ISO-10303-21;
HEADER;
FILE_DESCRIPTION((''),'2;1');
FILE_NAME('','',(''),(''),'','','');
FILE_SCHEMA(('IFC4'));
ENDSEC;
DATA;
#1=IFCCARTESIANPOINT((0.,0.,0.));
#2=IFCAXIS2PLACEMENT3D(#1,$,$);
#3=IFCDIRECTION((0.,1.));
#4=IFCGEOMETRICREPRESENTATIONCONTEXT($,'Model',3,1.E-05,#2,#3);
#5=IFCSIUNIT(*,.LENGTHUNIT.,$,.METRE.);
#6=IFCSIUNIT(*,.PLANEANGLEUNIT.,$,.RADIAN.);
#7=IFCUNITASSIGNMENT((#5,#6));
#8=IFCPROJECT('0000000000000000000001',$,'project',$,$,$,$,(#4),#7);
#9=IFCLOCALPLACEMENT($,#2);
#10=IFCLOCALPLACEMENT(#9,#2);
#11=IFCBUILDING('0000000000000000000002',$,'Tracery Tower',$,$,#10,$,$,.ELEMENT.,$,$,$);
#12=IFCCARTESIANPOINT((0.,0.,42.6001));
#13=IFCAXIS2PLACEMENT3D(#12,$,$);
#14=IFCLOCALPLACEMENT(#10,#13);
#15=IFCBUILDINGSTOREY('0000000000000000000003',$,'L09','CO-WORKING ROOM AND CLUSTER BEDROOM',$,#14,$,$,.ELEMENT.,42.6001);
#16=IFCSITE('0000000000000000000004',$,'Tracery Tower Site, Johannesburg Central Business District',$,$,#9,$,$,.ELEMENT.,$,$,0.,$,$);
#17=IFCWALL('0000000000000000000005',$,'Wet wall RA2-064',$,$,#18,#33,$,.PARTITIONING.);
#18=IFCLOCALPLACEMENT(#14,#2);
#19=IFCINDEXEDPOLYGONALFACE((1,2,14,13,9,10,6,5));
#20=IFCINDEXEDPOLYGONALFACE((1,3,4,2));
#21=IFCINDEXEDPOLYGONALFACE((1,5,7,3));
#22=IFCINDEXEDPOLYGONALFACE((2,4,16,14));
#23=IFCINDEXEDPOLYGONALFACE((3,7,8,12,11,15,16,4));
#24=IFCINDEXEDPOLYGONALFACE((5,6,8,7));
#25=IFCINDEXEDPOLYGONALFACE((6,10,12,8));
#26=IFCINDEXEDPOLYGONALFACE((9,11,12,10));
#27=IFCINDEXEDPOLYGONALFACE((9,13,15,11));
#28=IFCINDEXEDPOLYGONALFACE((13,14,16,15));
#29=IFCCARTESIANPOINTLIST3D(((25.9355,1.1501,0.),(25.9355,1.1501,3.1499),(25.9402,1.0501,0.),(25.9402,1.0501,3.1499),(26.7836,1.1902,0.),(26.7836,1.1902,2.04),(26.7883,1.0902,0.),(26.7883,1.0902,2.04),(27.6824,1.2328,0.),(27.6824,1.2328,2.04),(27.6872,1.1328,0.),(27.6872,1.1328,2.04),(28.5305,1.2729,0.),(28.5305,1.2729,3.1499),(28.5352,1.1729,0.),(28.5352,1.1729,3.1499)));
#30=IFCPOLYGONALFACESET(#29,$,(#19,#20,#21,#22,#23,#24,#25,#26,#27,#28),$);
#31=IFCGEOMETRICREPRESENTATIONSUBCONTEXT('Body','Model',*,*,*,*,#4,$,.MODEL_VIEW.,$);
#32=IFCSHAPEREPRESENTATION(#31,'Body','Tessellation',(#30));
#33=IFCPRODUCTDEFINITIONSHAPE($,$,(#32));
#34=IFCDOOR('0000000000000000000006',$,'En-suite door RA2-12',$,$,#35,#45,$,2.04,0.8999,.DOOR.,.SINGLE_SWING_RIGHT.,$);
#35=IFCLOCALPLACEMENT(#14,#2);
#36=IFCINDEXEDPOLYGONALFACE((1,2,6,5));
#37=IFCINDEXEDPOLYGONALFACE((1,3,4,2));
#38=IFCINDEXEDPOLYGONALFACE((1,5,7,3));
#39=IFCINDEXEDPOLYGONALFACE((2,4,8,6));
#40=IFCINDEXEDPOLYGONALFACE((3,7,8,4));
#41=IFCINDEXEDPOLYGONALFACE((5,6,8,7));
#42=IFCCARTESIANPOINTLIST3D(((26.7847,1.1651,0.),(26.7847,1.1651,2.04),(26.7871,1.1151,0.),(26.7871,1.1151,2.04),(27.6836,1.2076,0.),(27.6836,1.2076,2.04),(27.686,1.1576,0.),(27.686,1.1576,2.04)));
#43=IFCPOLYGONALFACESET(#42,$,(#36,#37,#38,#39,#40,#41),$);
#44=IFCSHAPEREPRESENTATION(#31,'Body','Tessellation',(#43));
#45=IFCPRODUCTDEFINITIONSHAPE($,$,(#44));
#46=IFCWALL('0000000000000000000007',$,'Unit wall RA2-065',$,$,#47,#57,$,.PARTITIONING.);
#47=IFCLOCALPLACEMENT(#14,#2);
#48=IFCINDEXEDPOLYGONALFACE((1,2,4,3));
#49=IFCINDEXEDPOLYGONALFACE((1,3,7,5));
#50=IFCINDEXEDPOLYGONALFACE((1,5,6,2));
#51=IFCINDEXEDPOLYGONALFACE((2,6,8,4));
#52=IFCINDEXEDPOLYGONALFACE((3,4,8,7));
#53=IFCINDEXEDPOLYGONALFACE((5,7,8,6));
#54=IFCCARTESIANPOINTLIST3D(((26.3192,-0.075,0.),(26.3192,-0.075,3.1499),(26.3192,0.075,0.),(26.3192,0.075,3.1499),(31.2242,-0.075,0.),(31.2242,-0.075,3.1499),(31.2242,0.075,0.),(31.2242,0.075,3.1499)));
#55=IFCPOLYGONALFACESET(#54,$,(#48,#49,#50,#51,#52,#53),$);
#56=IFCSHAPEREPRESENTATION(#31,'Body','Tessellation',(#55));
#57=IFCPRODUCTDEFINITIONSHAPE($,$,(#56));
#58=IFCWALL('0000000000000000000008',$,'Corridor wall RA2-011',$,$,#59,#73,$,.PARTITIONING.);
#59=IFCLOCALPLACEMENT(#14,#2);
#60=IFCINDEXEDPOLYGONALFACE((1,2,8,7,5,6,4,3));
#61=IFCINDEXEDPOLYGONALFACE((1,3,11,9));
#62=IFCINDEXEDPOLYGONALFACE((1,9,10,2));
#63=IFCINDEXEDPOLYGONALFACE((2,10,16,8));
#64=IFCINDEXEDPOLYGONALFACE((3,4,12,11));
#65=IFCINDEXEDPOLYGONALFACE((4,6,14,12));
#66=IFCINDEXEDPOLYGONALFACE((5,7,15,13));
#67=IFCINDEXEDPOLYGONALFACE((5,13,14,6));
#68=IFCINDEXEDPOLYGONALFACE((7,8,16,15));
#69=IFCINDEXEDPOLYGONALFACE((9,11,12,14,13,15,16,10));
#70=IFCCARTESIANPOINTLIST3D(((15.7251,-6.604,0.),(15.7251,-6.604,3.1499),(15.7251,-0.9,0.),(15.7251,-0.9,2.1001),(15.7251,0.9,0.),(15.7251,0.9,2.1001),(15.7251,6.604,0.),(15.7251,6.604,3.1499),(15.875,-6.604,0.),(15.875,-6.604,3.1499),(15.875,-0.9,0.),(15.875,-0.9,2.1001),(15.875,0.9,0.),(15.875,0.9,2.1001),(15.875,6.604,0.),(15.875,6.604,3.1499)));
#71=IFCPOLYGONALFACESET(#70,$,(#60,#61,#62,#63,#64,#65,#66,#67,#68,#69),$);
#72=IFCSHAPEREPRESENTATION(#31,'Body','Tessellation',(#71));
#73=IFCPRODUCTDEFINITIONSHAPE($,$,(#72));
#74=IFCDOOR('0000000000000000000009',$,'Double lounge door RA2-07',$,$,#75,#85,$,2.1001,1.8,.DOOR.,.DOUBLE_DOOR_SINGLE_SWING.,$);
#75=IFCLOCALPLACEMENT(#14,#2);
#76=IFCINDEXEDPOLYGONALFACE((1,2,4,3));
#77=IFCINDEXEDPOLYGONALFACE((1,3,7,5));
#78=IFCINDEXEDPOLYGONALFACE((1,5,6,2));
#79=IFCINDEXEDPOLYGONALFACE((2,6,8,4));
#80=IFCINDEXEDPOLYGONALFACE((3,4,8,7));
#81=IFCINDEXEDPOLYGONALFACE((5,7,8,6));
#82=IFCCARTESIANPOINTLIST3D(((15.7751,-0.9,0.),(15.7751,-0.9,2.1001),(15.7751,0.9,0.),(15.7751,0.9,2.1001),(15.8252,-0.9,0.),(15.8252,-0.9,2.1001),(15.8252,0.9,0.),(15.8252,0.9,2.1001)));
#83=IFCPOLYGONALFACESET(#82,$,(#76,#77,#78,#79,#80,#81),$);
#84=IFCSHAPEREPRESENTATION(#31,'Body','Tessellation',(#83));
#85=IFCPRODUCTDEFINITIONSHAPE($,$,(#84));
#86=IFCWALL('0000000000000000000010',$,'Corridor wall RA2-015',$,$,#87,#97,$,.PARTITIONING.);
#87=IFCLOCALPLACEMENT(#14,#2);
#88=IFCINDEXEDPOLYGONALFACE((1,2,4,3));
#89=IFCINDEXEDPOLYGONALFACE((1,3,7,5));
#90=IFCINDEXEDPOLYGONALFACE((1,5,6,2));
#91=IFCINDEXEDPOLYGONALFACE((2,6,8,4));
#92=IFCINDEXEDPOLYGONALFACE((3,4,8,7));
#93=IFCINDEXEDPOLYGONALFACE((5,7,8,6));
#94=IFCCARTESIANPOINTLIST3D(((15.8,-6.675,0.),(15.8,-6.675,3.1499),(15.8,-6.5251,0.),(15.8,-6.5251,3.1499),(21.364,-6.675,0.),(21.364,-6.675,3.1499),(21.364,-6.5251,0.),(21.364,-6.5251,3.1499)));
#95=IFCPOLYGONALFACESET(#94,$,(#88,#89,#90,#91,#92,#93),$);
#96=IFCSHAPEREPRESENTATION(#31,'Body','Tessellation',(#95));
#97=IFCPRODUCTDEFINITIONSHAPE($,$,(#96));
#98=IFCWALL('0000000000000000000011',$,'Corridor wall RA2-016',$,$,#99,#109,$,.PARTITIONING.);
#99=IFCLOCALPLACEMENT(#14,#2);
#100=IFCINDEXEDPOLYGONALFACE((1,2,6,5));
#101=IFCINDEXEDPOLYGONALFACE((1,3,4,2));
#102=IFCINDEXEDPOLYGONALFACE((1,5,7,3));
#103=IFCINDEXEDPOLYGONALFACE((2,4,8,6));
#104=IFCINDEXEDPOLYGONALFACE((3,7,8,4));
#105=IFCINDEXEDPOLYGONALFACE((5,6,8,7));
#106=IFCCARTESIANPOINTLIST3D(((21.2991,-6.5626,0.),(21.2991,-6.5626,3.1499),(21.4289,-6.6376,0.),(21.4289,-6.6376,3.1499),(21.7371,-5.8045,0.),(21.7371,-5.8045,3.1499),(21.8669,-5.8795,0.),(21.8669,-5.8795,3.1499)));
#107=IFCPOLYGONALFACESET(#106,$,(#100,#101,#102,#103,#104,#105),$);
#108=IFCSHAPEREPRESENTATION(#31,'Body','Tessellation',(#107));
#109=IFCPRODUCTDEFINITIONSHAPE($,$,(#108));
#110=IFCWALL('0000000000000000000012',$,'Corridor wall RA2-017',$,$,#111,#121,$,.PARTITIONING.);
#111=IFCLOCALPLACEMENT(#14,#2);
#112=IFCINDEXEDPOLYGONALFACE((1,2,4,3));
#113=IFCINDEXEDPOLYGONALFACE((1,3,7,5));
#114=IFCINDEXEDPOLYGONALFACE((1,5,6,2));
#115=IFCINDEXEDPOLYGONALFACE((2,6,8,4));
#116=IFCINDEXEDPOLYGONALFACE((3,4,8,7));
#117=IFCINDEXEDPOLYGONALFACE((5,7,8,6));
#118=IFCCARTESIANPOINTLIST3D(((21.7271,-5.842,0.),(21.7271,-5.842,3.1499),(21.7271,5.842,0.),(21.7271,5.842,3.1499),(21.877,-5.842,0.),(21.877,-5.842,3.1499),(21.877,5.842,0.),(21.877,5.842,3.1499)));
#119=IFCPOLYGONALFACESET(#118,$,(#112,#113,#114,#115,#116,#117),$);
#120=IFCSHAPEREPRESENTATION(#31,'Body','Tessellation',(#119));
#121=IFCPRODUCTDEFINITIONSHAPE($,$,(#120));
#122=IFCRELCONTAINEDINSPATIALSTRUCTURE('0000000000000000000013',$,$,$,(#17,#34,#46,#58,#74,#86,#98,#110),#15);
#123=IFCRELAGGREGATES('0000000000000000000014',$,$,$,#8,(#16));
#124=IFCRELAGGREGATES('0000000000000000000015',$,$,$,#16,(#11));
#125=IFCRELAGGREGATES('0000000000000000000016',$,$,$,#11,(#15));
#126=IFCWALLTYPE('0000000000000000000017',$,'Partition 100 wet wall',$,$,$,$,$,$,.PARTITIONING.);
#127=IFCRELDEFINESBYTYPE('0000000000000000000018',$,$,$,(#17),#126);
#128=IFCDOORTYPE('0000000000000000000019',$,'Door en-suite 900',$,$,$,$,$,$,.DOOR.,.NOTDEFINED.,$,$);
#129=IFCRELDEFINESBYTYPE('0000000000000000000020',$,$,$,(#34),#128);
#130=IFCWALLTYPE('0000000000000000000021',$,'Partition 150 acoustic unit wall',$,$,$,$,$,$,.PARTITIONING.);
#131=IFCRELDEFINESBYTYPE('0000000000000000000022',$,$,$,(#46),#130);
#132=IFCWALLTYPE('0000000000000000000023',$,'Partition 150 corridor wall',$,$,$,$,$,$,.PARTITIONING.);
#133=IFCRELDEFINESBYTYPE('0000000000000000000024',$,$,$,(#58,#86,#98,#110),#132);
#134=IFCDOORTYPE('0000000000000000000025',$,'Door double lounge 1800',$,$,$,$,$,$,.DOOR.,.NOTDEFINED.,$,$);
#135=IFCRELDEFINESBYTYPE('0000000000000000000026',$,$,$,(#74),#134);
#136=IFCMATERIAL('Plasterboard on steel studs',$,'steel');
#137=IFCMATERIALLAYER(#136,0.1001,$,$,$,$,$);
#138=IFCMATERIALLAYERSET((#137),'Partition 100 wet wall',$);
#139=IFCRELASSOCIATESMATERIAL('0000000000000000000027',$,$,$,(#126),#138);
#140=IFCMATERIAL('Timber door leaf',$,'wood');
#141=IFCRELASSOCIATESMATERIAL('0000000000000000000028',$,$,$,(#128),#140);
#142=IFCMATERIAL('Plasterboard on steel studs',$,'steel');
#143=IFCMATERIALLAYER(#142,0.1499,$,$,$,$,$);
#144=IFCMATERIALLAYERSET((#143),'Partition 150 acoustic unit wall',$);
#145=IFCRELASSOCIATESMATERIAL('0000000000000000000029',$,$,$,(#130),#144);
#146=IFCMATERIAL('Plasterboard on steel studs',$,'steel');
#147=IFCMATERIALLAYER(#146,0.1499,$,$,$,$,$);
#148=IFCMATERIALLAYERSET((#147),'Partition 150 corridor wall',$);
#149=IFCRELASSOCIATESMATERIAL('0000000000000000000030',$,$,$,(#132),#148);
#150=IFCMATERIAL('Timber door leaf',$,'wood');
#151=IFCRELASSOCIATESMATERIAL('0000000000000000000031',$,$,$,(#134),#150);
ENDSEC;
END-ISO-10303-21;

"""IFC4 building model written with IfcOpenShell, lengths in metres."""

from ifc_helpers import new_model, si_unit, direction, frame, frame_2d, origin, place, context, subcontext, project, spatial, rectangle, extrude, material, layer, layer_set, type_object, element, fill, save


model = new_model("IFC4")

# Units and contexts
model_context = context("Model", 3, precision=1e-05, world=origin(), true_north=direction((0.0, 1.0)))
body_context = subcontext(model_context, "Body", "Model", "MODEL_VIEW")
ifc_project = project(units=[si_unit("LENGTHUNIT", "METRE"), si_unit("PLANEANGLEUNIT", "RADIAN")], contexts=[model_context])

# Site, building, storey
site_placement = place(None, origin())
site = spatial("IfcSite", under=ifc_project, at=site_placement, Name="Tracery Tower Site, Johannesburg Central Business District", CompositionType="ELEMENT", RefElevation=0.0)
building_placement = place(site_placement, origin())
building = spatial("IfcBuilding", under=site, at=building_placement, Name="Tracery Tower", CompositionType="ELEMENT")
storey_placement = place(building_placement, frame((0.0, 0.0, 42.6001)))
storey = spatial("IfcBuildingStorey", under=building, at=storey_placement, Name="L09", Description="CO-WORKING ROOM AND CLUSTER BEDROOM", CompositionType="ELEMENT", Elevation=42.6001)

# Shared definitions
ifc_material_1 = material(Name="Plasterboard on steel studs", Category="steel")
ifc_layer_1 = layer(ifc_material_1, 0.1001)
ifc_layer_set_1 = layer_set([ifc_layer_1], Name="Partition 100 wet wall")
wall_type_1 = type_object("IfcWallType", Name="Partition 100 wet wall", PredefinedType="PARTITIONING", material=ifc_layer_set_1)

# Wall, opening, door
wall_1_placement = place(storey_placement, frame((25.938, 1.1001, 0.0), z_axis=(0.0, 0.0, 1.0), x_axis=(0.998882, 0.04727, 0.0)))
wall_1 = element("IfcWall", 1, at=wall_1_placement, inside=storey, type_object=wall_type_1, Name="Wet wall RA2-064", PredefinedType="PARTITIONING", context=body_context, shape_type="SweptSolid", body=[
    extrude(rectangle(XDim=2.5979, YDim=0.1001, at=frame_2d((1.2988, 0.0))), origin(), (0.0, 0.0, 1.0), 3.1499),
])
opening_1_placement = place(wall_1_placement, frame((0.8489, 0.0, 0.0)))
opening_1 = element("IfcOpeningElement", 2, at=opening_1_placement, cuts=wall_1, PredefinedType="OPENING", context=body_context, shape_type="SweptSolid", body=[
    extrude(rectangle(XDim=0.8999, YDim=2.04, at=frame_2d((0.45, 1.02))), frame((0.0, 0.05, 0.0), z_axis=(0.0, -1.0, 0.0), x_axis=(1.0, 0.0, 0.0)), (0.0, 0.0, 1.0), 0.1001),
])
ifc_material_2 = material(Name="Timber door leaf", Category="wood")
door_type_1 = type_object("IfcDoorType", Name="Door en-suite 900", OperationType="NOTDEFINED", PredefinedType="DOOR", material=ifc_material_2)
door_1_placement = place(opening_1_placement, origin())
door_1 = element("IfcDoor", 3, at=door_1_placement, inside=storey, type_object=door_type_1, Name="En-suite door RA2-12", OperationType="SINGLE_SWING_RIGHT", OverallHeight=2.04, OverallWidth=0.8999, PredefinedType="DOOR", context=body_context, shape_type="SweptSolid", body=[
    extrude(rectangle(XDim=0.8999, YDim=2.04, at=frame_2d((0.45, 1.02))), frame((0.0, 0.0249, 0.0), z_axis=(0.0, -1.0, 0.0), x_axis=(1.0, 0.0, 0.0)), (0.0, 0.0, 1.0), 0.05),
])
fill(opening_1, door_1)

# Wall
ifc_material_3 = material(Name="Plasterboard on steel studs", Category="steel")
ifc_layer_2 = layer(ifc_material_3, 0.1499)
ifc_layer_set_2 = layer_set([ifc_layer_2], Name="Partition 150 acoustic unit wall")
wall_type_2 = type_object("IfcWallType", Name="Partition 150 acoustic unit wall", PredefinedType="PARTITIONING", material=ifc_layer_set_2)
wall_2_placement = place(storey_placement, frame((26.3191, 0.0, 0.0), z_axis=(0.0, 0.0, 1.0), x_axis=(1.0, 0.0, 0.0)))
element("IfcWall", 4, at=wall_2_placement, inside=storey, type_object=wall_type_2, Name="Unit wall RA2-065", PredefinedType="PARTITIONING", context=body_context, shape_type="SweptSolid", body=[
    extrude(rectangle(XDim=4.905, YDim=0.1499, at=frame_2d((2.4526, 0.0))), origin(), (0.0, 0.0, 1.0), 3.1499),
])

# Wall, opening, door
ifc_material_4 = material(Name="Plasterboard on steel studs", Category="steel")
ifc_layer_3 = layer(ifc_material_4, 0.1499)
ifc_layer_set_3 = layer_set([ifc_layer_3], Name="Partition 150 corridor wall")
wall_type_3 = type_object("IfcWallType", Name="Partition 150 corridor wall", PredefinedType="PARTITIONING", material=ifc_layer_set_3)
wall_3_placement = place(storey_placement, frame((15.8, -6.604, 0.0), z_axis=(0.0, 0.0, 1.0), x_axis=(0.0, 1.0, 0.0)))
wall_3 = element("IfcWall", 5, at=wall_3_placement, inside=storey, type_object=wall_type_3, Name="Corridor wall RA2-011", PredefinedType="PARTITIONING", context=body_context, shape_type="SweptSolid", body=[
    extrude(rectangle(XDim=13.208, YDim=0.1499, at=frame_2d((6.604, 0.0))), origin(), (0.0, 0.0, 1.0), 3.1499),
])
opening_2_placement = place(wall_3_placement, frame((5.7041, 0.0, 0.0)))
opening_2 = element("IfcOpeningElement", 6, at=opening_2_placement, cuts=wall_3, PredefinedType="OPENING", context=body_context, shape_type="SweptSolid", body=[
    extrude(rectangle(XDim=1.8, YDim=2.1001, at=frame_2d((0.8999, 1.05))), frame((0.0, 0.075, 0.0), z_axis=(0.0, -1.0, 0.0), x_axis=(1.0, 0.0, 0.0)), (0.0, 0.0, 1.0), 0.1499),
])
ifc_material_5 = material(Name="Timber door leaf", Category="wood")
door_type_2 = type_object("IfcDoorType", Name="Door double lounge 1800", OperationType="NOTDEFINED", PredefinedType="DOOR", material=ifc_material_5)
door_2_placement = place(opening_2_placement, origin())
door_2 = element("IfcDoor", 7, at=door_2_placement, inside=storey, type_object=door_type_2, Name="Double lounge door RA2-07", OperationType="DOUBLE_DOOR_SINGLE_SWING", OverallHeight=2.1001, OverallWidth=1.8, PredefinedType="DOOR", context=body_context, shape_type="SweptSolid", body=[
    extrude(rectangle(XDim=1.8, YDim=2.1001, at=frame_2d((0.8999, 1.05))), frame((0.0, 0.0249, 0.0), z_axis=(0.0, -1.0, 0.0), x_axis=(1.0, 0.0, 0.0)), (0.0, 0.0, 1.0), 0.05),
])
fill(opening_2, door_2)

# Walls
wall_4_placement = place(storey_placement, frame((15.8, -6.6001, 0.0), z_axis=(0.0, 0.0, 1.0), x_axis=(1.0, 0.0, 0.0)))
element("IfcWall", 8, at=wall_4_placement, inside=storey, type_object=wall_type_3, Name="Corridor wall RA2-015", PredefinedType="PARTITIONING", context=body_context, shape_type="SweptSolid", body=[
    extrude(rectangle(XDim=5.564, YDim=0.1499, at=frame_2d((2.782, 0.0))), origin(), (0.0, 0.0, 1.0), 3.1499),
])
wall_5_placement = place(storey_placement, frame((21.364, -6.6001, 0.0), z_axis=(0.0, 0.0, 1.0), x_axis=(0.500278, 0.865865, 0.0)))
element("IfcWall", 9, at=wall_5_placement, inside=storey, type_object=wall_type_3, Name="Corridor wall RA2-016", PredefinedType="PARTITIONING", context=body_context, shape_type="SweptSolid", body=[
    extrude(rectangle(XDim=0.8755, YDim=0.1499, at=frame_2d((0.4377, 0.0))), origin(), (0.0, 0.0, 1.0), 3.1499),
])
wall_6_placement = place(storey_placement, frame((21.802, -5.842, 0.0), z_axis=(0.0, 0.0, 1.0), x_axis=(0.0, 1.0, 0.0)))
element("IfcWall", 10, at=wall_6_placement, inside=storey, type_object=wall_type_3, Name="Corridor wall RA2-017", PredefinedType="PARTITIONING", context=body_context, shape_type="SweptSolid", body=[
    extrude(rectangle(XDim=11.6841, YDim=0.1499, at=frame_2d((5.842, 0.0))), origin(), (0.0, 0.0, 1.0), 3.1499),
])

save(model, "model.ifc")
